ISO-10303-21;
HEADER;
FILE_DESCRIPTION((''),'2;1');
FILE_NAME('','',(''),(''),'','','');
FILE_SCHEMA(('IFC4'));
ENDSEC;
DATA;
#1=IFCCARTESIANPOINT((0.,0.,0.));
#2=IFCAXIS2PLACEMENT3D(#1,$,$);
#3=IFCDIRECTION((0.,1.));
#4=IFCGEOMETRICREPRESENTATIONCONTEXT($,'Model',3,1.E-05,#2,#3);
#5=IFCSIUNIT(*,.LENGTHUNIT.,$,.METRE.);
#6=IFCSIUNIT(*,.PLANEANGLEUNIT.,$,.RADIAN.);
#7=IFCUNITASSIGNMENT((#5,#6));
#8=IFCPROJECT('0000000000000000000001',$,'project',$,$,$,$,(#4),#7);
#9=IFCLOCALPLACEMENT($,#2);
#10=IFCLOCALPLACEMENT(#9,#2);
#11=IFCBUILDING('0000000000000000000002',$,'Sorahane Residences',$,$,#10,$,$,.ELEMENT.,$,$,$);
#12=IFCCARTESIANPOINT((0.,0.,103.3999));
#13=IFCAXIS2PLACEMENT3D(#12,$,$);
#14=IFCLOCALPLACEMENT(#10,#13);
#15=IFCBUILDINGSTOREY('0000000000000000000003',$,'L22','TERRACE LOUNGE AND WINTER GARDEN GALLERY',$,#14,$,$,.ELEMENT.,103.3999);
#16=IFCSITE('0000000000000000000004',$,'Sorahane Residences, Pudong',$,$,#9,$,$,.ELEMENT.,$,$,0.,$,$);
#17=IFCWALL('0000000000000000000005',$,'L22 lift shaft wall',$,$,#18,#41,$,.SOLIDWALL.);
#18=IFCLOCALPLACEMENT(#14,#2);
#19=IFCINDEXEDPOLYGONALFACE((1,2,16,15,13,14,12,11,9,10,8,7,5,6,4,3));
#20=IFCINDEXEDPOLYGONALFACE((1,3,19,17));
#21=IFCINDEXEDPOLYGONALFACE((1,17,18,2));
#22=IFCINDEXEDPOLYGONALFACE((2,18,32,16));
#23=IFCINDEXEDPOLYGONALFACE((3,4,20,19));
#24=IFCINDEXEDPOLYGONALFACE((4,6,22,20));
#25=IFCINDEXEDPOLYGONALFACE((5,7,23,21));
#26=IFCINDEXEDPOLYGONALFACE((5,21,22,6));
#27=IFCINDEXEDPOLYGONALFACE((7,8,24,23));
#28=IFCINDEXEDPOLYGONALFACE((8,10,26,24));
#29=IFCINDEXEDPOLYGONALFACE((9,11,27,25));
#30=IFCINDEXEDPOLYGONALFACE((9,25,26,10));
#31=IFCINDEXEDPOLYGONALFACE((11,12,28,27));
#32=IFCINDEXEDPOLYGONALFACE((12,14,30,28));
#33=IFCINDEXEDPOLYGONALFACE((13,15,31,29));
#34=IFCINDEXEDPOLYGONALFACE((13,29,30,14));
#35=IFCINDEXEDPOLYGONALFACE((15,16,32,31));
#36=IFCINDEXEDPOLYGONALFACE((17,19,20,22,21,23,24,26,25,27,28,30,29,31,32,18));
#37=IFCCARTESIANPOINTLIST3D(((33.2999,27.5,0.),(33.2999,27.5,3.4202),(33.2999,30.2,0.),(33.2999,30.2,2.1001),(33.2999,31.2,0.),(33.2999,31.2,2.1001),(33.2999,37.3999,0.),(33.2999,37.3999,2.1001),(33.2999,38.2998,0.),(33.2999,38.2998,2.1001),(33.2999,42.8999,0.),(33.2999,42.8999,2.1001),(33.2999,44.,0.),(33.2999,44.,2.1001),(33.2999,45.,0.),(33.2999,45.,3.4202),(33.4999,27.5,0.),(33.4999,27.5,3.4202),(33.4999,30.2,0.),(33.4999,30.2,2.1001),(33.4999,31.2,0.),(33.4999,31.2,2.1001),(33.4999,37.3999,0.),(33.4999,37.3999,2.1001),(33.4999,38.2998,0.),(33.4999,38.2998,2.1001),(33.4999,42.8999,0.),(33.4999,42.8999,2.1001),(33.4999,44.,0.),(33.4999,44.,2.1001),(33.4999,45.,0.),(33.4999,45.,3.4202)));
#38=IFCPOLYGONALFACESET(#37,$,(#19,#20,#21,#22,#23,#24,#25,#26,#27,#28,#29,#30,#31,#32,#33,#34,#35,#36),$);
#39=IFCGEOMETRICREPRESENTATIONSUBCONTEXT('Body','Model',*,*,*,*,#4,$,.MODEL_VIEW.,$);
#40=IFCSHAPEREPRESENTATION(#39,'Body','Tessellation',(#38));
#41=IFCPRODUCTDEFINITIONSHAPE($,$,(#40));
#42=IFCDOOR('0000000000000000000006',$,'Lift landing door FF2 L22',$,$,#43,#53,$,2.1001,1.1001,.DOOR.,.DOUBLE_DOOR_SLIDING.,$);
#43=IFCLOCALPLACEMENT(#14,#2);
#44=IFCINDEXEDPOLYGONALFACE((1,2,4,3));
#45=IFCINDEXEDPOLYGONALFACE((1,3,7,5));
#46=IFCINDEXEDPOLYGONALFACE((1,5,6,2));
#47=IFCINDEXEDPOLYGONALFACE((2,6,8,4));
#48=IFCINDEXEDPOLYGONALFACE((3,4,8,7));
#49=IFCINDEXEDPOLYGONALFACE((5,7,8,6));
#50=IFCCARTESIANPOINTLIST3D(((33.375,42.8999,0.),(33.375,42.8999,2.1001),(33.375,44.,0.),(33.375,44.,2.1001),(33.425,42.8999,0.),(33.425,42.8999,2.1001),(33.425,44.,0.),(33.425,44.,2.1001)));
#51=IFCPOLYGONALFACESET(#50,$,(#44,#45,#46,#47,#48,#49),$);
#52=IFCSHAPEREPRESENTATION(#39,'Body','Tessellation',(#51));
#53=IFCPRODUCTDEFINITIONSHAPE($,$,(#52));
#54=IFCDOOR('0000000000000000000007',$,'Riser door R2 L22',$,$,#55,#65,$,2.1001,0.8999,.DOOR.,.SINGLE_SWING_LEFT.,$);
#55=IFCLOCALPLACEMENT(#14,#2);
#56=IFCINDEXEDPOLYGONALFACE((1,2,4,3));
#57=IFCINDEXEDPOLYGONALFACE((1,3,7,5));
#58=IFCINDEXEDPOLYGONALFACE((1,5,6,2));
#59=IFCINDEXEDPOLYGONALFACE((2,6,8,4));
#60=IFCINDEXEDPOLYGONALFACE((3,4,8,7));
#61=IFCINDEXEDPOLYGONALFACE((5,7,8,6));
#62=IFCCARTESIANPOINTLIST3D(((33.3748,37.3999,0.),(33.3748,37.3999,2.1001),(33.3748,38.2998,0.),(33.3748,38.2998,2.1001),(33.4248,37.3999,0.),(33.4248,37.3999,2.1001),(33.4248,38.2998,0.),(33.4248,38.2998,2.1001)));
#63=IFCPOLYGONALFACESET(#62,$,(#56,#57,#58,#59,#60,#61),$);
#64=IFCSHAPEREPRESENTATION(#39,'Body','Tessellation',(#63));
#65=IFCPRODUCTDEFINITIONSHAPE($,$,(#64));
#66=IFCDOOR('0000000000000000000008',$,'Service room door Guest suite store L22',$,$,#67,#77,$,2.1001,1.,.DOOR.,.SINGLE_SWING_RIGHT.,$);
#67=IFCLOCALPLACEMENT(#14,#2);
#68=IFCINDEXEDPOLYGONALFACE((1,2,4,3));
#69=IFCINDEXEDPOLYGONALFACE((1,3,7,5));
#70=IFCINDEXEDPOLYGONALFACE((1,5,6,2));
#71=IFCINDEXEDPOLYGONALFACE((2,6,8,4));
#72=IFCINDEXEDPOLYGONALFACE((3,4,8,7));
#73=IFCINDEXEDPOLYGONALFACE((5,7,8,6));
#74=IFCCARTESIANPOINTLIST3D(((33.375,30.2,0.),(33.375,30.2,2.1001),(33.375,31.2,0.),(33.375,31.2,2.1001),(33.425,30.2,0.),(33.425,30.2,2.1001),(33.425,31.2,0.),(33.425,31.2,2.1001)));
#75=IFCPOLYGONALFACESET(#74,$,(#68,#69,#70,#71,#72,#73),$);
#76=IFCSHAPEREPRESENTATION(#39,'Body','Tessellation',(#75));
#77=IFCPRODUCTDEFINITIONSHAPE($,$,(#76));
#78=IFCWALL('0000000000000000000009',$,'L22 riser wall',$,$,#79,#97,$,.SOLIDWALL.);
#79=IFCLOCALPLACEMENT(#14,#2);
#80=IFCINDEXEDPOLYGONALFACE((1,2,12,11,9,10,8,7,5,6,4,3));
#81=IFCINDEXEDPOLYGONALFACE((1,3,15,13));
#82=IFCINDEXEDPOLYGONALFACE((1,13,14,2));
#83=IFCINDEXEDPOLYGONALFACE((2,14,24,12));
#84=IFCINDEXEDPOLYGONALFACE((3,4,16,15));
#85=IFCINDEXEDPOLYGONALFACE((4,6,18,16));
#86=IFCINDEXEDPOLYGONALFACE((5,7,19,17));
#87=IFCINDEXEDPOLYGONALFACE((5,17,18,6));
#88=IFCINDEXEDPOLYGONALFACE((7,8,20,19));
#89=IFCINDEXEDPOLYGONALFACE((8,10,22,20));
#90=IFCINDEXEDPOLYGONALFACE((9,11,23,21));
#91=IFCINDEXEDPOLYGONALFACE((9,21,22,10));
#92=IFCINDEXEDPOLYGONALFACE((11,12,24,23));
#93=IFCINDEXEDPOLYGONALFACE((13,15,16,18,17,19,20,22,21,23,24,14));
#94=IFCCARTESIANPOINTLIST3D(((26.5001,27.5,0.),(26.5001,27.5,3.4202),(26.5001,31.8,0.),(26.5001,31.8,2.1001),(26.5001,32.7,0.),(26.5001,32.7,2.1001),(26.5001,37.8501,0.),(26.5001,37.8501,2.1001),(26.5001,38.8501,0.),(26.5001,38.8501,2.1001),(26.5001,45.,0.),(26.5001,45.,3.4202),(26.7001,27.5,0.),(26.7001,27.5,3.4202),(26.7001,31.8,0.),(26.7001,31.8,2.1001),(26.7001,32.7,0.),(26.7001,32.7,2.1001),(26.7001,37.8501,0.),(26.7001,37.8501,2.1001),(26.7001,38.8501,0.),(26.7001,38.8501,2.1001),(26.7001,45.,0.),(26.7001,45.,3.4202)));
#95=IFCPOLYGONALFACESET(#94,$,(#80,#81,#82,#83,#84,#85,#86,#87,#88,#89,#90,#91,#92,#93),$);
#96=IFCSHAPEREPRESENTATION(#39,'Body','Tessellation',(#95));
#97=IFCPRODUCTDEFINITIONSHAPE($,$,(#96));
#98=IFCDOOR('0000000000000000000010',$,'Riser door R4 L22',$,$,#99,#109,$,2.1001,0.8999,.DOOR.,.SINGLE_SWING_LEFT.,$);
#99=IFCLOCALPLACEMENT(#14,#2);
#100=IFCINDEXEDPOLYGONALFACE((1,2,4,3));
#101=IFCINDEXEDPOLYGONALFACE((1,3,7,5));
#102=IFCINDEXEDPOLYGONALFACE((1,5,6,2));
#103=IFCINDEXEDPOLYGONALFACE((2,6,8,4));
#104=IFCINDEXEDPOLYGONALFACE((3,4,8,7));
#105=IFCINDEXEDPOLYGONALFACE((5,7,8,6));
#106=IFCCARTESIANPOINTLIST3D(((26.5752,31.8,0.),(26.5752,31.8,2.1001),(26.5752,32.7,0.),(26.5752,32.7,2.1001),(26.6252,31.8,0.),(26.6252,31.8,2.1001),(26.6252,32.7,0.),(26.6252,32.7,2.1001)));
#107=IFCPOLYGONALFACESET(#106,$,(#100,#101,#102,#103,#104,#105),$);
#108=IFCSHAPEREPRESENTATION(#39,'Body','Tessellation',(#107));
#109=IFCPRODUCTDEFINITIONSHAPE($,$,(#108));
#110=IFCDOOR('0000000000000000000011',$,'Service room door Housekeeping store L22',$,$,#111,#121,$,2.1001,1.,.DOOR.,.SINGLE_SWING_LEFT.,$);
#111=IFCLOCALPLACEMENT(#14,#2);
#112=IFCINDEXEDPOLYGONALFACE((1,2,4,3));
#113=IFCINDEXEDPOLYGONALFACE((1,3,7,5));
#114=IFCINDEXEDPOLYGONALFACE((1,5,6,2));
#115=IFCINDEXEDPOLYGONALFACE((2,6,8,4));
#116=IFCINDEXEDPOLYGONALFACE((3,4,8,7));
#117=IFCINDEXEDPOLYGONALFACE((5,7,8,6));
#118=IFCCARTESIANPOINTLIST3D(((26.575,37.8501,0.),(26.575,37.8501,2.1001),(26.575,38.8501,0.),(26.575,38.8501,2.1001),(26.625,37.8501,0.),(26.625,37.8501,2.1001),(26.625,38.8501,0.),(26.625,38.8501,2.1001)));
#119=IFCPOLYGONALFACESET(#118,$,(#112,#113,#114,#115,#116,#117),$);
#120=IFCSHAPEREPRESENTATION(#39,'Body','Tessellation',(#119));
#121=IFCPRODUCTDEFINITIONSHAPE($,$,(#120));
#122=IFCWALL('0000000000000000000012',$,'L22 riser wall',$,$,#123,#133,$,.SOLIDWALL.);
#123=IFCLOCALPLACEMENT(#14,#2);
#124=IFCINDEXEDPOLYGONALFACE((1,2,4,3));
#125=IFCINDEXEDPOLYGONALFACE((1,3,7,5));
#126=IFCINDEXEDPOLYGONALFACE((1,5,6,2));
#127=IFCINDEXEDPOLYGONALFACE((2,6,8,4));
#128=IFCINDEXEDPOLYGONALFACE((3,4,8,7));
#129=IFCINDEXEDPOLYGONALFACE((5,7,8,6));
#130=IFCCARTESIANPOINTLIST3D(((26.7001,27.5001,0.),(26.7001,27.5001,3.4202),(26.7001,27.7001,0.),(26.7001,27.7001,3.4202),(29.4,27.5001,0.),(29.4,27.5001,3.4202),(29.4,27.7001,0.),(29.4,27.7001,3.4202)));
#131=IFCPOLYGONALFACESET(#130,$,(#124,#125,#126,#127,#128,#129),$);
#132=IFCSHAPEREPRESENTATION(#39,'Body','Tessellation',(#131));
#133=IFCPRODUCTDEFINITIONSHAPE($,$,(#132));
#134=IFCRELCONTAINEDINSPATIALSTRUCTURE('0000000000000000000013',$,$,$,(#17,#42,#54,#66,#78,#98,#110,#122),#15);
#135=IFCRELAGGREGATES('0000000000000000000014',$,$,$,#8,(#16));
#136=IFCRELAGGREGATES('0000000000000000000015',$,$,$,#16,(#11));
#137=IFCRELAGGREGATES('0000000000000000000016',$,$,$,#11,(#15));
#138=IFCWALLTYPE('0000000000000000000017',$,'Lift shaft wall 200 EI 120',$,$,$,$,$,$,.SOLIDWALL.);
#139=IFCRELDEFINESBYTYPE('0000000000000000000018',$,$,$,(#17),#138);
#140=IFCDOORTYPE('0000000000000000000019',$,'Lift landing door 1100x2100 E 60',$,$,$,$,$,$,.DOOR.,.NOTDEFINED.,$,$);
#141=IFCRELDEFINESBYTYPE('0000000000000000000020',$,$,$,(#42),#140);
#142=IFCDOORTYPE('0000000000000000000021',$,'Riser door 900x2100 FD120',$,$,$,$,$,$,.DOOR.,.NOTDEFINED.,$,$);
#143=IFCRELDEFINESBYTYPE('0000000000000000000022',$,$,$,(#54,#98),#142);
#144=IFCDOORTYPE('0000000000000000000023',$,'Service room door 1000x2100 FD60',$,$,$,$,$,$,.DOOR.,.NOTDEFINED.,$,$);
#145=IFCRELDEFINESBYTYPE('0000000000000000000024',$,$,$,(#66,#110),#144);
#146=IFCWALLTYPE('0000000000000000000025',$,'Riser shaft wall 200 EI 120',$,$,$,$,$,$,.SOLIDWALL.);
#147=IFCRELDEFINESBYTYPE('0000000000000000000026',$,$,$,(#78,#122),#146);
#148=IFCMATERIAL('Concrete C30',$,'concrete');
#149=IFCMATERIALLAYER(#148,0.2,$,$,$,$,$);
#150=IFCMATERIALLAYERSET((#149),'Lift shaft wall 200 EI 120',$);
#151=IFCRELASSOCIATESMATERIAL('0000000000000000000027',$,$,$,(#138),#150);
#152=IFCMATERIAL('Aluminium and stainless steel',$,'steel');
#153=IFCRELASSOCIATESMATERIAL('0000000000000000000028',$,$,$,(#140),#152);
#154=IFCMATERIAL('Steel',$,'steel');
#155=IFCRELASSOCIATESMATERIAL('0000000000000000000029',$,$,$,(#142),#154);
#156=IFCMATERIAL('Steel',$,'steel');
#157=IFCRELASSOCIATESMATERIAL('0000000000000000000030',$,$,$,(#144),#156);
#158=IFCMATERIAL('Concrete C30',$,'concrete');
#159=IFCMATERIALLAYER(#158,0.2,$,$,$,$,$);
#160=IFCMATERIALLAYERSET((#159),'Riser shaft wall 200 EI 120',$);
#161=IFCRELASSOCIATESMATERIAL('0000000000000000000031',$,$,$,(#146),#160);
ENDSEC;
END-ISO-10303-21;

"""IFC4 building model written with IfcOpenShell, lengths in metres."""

from ifc_helpers import new_model, si_unit, direction, frame, frame_2d, origin, place, context, subcontext, project, spatial, rectangle, extrude, material, layer, layer_set, type_object, element, fill, save


model = new_model("IFC4")

# Units and contexts
model_context = context("Model", 3, precision=1e-05, world=origin(), true_north=direction((0.0, 1.0)))
body_context = subcontext(model_context, "Body", "Model", "MODEL_VIEW")
ifc_project = project(units=[si_unit("LENGTHUNIT", "METRE"), si_unit("PLANEANGLEUNIT", "RADIAN")], contexts=[model_context])

# Site, building, storey
site_placement = place(None, origin())
site = spatial("IfcSite", under=ifc_project, at=site_placement, Name="Sorahane Residences, Pudong", CompositionType="ELEMENT", RefElevation=0.0)
building_placement = place(site_placement, origin())
building = spatial("IfcBuilding", under=site, at=building_placement, Name="Sorahane Residences", CompositionType="ELEMENT")
storey_placement = place(building_placement, frame((0.0, 0.0, 103.3999)))
storey = spatial("IfcBuildingStorey", under=building, at=storey_placement, Name="L22", Description="TERRACE LOUNGE AND WINTER GARDEN GALLERY", CompositionType="ELEMENT", Elevation=103.3999)

# Walls, openings, doors
ifc_material_1 = material(Name="Concrete C30", Category="concrete")
ifc_layer_1 = layer(ifc_material_1, 0.2)
ifc_layer_set_1 = layer_set([ifc_layer_1], Name="Lift shaft wall 200 EI 120")
wall_type_1 = type_object("IfcWallType", Name="Lift shaft wall 200 EI 120", PredefinedType="SOLIDWALL", material=ifc_layer_set_1)
wall_1_placement = place(storey_placement, frame((33.3999, 27.5, 0.0), z_axis=(0.0, 0.0, 1.0), x_axis=(0.0, 1.0, 0.0)))
wall_1 = element("IfcWall", 1, at=wall_1_placement, inside=storey, type_object=wall_type_1, Name="L22 lift shaft wall", PredefinedType="SOLIDWALL", context=body_context, shape_type="SweptSolid", body=[
    extrude(rectangle(XDim=17.5, YDim=0.2, at=frame_2d((8.75, 0.0))), origin(), (0.0, 0.0, 1.0), 3.4202),
])
opening_1_placement = place(wall_1_placement, frame((15.3999, 0.0, 0.0)))
opening_1 = element("IfcOpeningElement", 2, at=opening_1_placement, cuts=wall_1, PredefinedType="OPENING", context=body_context, shape_type="SweptSolid", body=[
    extrude(rectangle(XDim=1.1001, YDim=2.1001, at=frame_2d((0.55, 1.05))), frame((0.0, 0.1099, 0.0), z_axis=(0.0, -1.0, 0.0), x_axis=(1.0, 0.0, 0.0)), (0.0, 0.0, 1.0), 0.22),
])
opening_2_placement = place(wall_1_placement, frame((2.7, 0.0, 0.0)))
opening_2 = element("IfcOpeningElement", 3, at=opening_2_placement, cuts=wall_1, PredefinedType="OPENING", context=body_context, shape_type="SweptSolid", body=[
    extrude(rectangle(XDim=1.0, YDim=2.1001, at=frame_2d((0.5, 1.05))), frame((0.0, 0.1099, 0.0), z_axis=(0.0, -1.0, 0.0), x_axis=(1.0, 0.0, 0.0)), (0.0, 0.0, 1.0), 0.22),
])
opening_3_placement = place(wall_1_placement, frame((9.8999, 0.0, 0.0)))
opening_3 = element("IfcOpeningElement", 4, at=opening_3_placement, cuts=wall_1, PredefinedType="OPENING", context=body_context, shape_type="SweptSolid", body=[
    extrude(rectangle(XDim=0.8999, YDim=2.1001, at=frame_2d((0.45, 1.05))), frame((0.0, 0.1099, 0.0), z_axis=(0.0, -1.0, 0.0), x_axis=(1.0, 0.0, 0.0)), (0.0, 0.0, 1.0), 0.22),
])
ifc_material_2 = material(Name="Aluminium and stainless steel", Category="steel")
door_type_1 = type_object("IfcDoorType", Name="Lift landing door 1100x2100 E 60", OperationType="NOTDEFINED", PredefinedType="DOOR", material=ifc_material_2)
door_1_placement = place(opening_1_placement, origin())
door_1 = element("IfcDoor", 5, at=door_1_placement, inside=storey, type_object=door_type_1, Name="Lift landing door FF2 L22", OperationType="DOUBLE_DOOR_SLIDING", OverallHeight=2.1001, OverallWidth=1.1001, PredefinedType="DOOR", context=body_context, shape_type="SweptSolid", body=[
    extrude(rectangle(XDim=1.1001, YDim=2.1001, at=frame_2d((0.55, 1.05))), frame((0.0, 0.0249, 0.0), z_axis=(0.0, -1.0, 0.0), x_axis=(1.0, 0.0, 0.0)), (0.0, 0.0, 1.0), 0.05),
])
fill(opening_1, door_1)
ifc_material_3 = material(Name="Steel", Category="steel")
door_type_2 = type_object("IfcDoorType", Name="Riser door 900x2100 FD120", OperationType="NOTDEFINED", PredefinedType="DOOR", material=ifc_material_3)
door_2_placement = place(opening_3_placement, frame((0.8999, 0.0, 0.0), z_axis=(0.0, 0.0, 1.0), x_axis=(-1.0, 0.0, 0.0)))
door_2 = element("IfcDoor", 6, at=door_2_placement, inside=storey, type_object=door_type_2, Name="Riser door R2 L22", OperationType="SINGLE_SWING_LEFT", OverallHeight=2.1001, OverallWidth=0.8999, PredefinedType="DOOR", context=body_context, shape_type="SweptSolid", body=[
    extrude(rectangle(XDim=0.8999, YDim=2.1001, at=frame_2d((0.45, 1.05))), frame((0.0, 0.0249, 0.0), z_axis=(0.0, -1.0, 0.0), x_axis=(1.0, 0.0, 0.0)), (0.0, 0.0, 1.0), 0.05),
])
fill(opening_3, door_2)
ifc_material_4 = material(Name="Steel", Category="steel")
door_type_3 = type_object("IfcDoorType", Name="Service room door 1000x2100 FD60", OperationType="NOTDEFINED", PredefinedType="DOOR", material=ifc_material_4)
door_3_placement = place(opening_2_placement, origin())
door_3 = element("IfcDoor", 7, at=door_3_placement, inside=storey, type_object=door_type_3, Name="Service room door Guest suite store L22", OperationType="SINGLE_SWING_RIGHT", OverallHeight=2.1001, OverallWidth=1.0, PredefinedType="DOOR", context=body_context, shape_type="SweptSolid", body=[
    extrude(rectangle(XDim=1.0, YDim=2.1001, at=frame_2d((0.5, 1.05))), frame((0.0, 0.0249, 0.0), z_axis=(0.0, -1.0, 0.0), x_axis=(1.0, 0.0, 0.0)), (0.0, 0.0, 1.0), 0.05),
])
fill(opening_2, door_3)
ifc_material_5 = material(Name="Concrete C30", Category="concrete")
ifc_layer_2 = layer(ifc_material_5, 0.2)
ifc_layer_set_2 = layer_set([ifc_layer_2], Name="Riser shaft wall 200 EI 120")
wall_type_2 = type_object("IfcWallType", Name="Riser shaft wall 200 EI 120", PredefinedType="SOLIDWALL", material=ifc_layer_set_2)
wall_2_placement = place(storey_placement, frame((26.6001, 27.5, 0.0), z_axis=(0.0, 0.0, 1.0), x_axis=(0.0, 1.0, 0.0)))
wall_2 = element("IfcWall", 8, at=wall_2_placement, inside=storey, type_object=wall_type_2, Name="L22 riser wall", PredefinedType="SOLIDWALL", context=body_context, shape_type="SweptSolid", body=[
    extrude(rectangle(XDim=17.5, YDim=0.2, at=frame_2d((8.75, 0.0))), origin(), (0.0, 0.0, 1.0), 3.4202),
])
opening_4_placement = place(wall_2_placement, frame((4.3, 0.0, 0.0)))
opening_4 = element("IfcOpeningElement", 9, at=opening_4_placement, cuts=wall_2, PredefinedType="OPENING", context=body_context, shape_type="SweptSolid", body=[
    extrude(rectangle(XDim=0.8999, YDim=2.1001, at=frame_2d((0.45, 1.05))), frame((0.0, 0.1099, 0.0), z_axis=(0.0, -1.0, 0.0), x_axis=(1.0, 0.0, 0.0)), (0.0, 0.0, 1.0), 0.22),
])
opening_5_placement = place(wall_2_placement, frame((10.3501, 0.0, 0.0)))
opening_5 = element("IfcOpeningElement", 10, at=opening_5_placement, cuts=wall_2, PredefinedType="OPENING", context=body_context, shape_type="SweptSolid", body=[
    extrude(rectangle(XDim=1.0, YDim=2.1001, at=frame_2d((0.5, 1.05))), frame((0.0, 0.1099, 0.0), z_axis=(0.0, -1.0, 0.0), x_axis=(1.0, 0.0, 0.0)), (0.0, 0.0, 1.0), 0.22),
])
door_4_placement = place(opening_4_placement, origin())
door_4 = element("IfcDoor", 11, at=door_4_placement, inside=storey, type_object=door_type_2, Name="Riser door R4 L22", OperationType="SINGLE_SWING_LEFT", OverallHeight=2.1001, OverallWidth=0.8999, PredefinedType="DOOR", context=body_context, shape_type="SweptSolid", body=[
    extrude(rectangle(XDim=0.8999, YDim=2.1001, at=frame_2d((0.45, 1.05))), frame((0.0, 0.0249, 0.0), z_axis=(0.0, -1.0, 0.0), x_axis=(1.0, 0.0, 0.0)), (0.0, 0.0, 1.0), 0.05),
])
fill(opening_4, door_4)
door_5_placement = place(opening_5_placement, frame((1.0, 0.0, 0.0), z_axis=(0.0, 0.0, 1.0), x_axis=(-1.0, 0.0, 0.0)))
door_5 = element("IfcDoor", 12, at=door_5_placement, inside=storey, type_object=door_type_3, Name="Service room door Housekeeping store L22", OperationType="SINGLE_SWING_LEFT", OverallHeight=2.1001, OverallWidth=1.0, PredefinedType="DOOR", context=body_context, shape_type="SweptSolid", body=[
    extrude(rectangle(XDim=1.0, YDim=2.1001, at=frame_2d((0.5, 1.05))), frame((0.0, 0.0249, 0.0), z_axis=(0.0, -1.0, 0.0), x_axis=(1.0, 0.0, 0.0)), (0.0, 0.0, 1.0), 0.05),
])
fill(opening_5, door_5)

# Wall
wall_3_placement = place(storey_placement, frame((26.7, 27.6001, 0.0), z_axis=(0.0, 0.0, 1.0), x_axis=(1.0, 0.0, 0.0)))
element("IfcWall", 13, at=wall_3_placement, inside=storey, type_object=wall_type_2, Name="L22 riser wall", PredefinedType="SOLIDWALL", context=body_context, shape_type="SweptSolid", body=[
    extrude(rectangle(XDim=2.7, YDim=0.2, at=frame_2d((1.3501, 0.0))), origin(), (0.0, 0.0, 1.0), 3.4202),
])

save(model, "model.ifc")
